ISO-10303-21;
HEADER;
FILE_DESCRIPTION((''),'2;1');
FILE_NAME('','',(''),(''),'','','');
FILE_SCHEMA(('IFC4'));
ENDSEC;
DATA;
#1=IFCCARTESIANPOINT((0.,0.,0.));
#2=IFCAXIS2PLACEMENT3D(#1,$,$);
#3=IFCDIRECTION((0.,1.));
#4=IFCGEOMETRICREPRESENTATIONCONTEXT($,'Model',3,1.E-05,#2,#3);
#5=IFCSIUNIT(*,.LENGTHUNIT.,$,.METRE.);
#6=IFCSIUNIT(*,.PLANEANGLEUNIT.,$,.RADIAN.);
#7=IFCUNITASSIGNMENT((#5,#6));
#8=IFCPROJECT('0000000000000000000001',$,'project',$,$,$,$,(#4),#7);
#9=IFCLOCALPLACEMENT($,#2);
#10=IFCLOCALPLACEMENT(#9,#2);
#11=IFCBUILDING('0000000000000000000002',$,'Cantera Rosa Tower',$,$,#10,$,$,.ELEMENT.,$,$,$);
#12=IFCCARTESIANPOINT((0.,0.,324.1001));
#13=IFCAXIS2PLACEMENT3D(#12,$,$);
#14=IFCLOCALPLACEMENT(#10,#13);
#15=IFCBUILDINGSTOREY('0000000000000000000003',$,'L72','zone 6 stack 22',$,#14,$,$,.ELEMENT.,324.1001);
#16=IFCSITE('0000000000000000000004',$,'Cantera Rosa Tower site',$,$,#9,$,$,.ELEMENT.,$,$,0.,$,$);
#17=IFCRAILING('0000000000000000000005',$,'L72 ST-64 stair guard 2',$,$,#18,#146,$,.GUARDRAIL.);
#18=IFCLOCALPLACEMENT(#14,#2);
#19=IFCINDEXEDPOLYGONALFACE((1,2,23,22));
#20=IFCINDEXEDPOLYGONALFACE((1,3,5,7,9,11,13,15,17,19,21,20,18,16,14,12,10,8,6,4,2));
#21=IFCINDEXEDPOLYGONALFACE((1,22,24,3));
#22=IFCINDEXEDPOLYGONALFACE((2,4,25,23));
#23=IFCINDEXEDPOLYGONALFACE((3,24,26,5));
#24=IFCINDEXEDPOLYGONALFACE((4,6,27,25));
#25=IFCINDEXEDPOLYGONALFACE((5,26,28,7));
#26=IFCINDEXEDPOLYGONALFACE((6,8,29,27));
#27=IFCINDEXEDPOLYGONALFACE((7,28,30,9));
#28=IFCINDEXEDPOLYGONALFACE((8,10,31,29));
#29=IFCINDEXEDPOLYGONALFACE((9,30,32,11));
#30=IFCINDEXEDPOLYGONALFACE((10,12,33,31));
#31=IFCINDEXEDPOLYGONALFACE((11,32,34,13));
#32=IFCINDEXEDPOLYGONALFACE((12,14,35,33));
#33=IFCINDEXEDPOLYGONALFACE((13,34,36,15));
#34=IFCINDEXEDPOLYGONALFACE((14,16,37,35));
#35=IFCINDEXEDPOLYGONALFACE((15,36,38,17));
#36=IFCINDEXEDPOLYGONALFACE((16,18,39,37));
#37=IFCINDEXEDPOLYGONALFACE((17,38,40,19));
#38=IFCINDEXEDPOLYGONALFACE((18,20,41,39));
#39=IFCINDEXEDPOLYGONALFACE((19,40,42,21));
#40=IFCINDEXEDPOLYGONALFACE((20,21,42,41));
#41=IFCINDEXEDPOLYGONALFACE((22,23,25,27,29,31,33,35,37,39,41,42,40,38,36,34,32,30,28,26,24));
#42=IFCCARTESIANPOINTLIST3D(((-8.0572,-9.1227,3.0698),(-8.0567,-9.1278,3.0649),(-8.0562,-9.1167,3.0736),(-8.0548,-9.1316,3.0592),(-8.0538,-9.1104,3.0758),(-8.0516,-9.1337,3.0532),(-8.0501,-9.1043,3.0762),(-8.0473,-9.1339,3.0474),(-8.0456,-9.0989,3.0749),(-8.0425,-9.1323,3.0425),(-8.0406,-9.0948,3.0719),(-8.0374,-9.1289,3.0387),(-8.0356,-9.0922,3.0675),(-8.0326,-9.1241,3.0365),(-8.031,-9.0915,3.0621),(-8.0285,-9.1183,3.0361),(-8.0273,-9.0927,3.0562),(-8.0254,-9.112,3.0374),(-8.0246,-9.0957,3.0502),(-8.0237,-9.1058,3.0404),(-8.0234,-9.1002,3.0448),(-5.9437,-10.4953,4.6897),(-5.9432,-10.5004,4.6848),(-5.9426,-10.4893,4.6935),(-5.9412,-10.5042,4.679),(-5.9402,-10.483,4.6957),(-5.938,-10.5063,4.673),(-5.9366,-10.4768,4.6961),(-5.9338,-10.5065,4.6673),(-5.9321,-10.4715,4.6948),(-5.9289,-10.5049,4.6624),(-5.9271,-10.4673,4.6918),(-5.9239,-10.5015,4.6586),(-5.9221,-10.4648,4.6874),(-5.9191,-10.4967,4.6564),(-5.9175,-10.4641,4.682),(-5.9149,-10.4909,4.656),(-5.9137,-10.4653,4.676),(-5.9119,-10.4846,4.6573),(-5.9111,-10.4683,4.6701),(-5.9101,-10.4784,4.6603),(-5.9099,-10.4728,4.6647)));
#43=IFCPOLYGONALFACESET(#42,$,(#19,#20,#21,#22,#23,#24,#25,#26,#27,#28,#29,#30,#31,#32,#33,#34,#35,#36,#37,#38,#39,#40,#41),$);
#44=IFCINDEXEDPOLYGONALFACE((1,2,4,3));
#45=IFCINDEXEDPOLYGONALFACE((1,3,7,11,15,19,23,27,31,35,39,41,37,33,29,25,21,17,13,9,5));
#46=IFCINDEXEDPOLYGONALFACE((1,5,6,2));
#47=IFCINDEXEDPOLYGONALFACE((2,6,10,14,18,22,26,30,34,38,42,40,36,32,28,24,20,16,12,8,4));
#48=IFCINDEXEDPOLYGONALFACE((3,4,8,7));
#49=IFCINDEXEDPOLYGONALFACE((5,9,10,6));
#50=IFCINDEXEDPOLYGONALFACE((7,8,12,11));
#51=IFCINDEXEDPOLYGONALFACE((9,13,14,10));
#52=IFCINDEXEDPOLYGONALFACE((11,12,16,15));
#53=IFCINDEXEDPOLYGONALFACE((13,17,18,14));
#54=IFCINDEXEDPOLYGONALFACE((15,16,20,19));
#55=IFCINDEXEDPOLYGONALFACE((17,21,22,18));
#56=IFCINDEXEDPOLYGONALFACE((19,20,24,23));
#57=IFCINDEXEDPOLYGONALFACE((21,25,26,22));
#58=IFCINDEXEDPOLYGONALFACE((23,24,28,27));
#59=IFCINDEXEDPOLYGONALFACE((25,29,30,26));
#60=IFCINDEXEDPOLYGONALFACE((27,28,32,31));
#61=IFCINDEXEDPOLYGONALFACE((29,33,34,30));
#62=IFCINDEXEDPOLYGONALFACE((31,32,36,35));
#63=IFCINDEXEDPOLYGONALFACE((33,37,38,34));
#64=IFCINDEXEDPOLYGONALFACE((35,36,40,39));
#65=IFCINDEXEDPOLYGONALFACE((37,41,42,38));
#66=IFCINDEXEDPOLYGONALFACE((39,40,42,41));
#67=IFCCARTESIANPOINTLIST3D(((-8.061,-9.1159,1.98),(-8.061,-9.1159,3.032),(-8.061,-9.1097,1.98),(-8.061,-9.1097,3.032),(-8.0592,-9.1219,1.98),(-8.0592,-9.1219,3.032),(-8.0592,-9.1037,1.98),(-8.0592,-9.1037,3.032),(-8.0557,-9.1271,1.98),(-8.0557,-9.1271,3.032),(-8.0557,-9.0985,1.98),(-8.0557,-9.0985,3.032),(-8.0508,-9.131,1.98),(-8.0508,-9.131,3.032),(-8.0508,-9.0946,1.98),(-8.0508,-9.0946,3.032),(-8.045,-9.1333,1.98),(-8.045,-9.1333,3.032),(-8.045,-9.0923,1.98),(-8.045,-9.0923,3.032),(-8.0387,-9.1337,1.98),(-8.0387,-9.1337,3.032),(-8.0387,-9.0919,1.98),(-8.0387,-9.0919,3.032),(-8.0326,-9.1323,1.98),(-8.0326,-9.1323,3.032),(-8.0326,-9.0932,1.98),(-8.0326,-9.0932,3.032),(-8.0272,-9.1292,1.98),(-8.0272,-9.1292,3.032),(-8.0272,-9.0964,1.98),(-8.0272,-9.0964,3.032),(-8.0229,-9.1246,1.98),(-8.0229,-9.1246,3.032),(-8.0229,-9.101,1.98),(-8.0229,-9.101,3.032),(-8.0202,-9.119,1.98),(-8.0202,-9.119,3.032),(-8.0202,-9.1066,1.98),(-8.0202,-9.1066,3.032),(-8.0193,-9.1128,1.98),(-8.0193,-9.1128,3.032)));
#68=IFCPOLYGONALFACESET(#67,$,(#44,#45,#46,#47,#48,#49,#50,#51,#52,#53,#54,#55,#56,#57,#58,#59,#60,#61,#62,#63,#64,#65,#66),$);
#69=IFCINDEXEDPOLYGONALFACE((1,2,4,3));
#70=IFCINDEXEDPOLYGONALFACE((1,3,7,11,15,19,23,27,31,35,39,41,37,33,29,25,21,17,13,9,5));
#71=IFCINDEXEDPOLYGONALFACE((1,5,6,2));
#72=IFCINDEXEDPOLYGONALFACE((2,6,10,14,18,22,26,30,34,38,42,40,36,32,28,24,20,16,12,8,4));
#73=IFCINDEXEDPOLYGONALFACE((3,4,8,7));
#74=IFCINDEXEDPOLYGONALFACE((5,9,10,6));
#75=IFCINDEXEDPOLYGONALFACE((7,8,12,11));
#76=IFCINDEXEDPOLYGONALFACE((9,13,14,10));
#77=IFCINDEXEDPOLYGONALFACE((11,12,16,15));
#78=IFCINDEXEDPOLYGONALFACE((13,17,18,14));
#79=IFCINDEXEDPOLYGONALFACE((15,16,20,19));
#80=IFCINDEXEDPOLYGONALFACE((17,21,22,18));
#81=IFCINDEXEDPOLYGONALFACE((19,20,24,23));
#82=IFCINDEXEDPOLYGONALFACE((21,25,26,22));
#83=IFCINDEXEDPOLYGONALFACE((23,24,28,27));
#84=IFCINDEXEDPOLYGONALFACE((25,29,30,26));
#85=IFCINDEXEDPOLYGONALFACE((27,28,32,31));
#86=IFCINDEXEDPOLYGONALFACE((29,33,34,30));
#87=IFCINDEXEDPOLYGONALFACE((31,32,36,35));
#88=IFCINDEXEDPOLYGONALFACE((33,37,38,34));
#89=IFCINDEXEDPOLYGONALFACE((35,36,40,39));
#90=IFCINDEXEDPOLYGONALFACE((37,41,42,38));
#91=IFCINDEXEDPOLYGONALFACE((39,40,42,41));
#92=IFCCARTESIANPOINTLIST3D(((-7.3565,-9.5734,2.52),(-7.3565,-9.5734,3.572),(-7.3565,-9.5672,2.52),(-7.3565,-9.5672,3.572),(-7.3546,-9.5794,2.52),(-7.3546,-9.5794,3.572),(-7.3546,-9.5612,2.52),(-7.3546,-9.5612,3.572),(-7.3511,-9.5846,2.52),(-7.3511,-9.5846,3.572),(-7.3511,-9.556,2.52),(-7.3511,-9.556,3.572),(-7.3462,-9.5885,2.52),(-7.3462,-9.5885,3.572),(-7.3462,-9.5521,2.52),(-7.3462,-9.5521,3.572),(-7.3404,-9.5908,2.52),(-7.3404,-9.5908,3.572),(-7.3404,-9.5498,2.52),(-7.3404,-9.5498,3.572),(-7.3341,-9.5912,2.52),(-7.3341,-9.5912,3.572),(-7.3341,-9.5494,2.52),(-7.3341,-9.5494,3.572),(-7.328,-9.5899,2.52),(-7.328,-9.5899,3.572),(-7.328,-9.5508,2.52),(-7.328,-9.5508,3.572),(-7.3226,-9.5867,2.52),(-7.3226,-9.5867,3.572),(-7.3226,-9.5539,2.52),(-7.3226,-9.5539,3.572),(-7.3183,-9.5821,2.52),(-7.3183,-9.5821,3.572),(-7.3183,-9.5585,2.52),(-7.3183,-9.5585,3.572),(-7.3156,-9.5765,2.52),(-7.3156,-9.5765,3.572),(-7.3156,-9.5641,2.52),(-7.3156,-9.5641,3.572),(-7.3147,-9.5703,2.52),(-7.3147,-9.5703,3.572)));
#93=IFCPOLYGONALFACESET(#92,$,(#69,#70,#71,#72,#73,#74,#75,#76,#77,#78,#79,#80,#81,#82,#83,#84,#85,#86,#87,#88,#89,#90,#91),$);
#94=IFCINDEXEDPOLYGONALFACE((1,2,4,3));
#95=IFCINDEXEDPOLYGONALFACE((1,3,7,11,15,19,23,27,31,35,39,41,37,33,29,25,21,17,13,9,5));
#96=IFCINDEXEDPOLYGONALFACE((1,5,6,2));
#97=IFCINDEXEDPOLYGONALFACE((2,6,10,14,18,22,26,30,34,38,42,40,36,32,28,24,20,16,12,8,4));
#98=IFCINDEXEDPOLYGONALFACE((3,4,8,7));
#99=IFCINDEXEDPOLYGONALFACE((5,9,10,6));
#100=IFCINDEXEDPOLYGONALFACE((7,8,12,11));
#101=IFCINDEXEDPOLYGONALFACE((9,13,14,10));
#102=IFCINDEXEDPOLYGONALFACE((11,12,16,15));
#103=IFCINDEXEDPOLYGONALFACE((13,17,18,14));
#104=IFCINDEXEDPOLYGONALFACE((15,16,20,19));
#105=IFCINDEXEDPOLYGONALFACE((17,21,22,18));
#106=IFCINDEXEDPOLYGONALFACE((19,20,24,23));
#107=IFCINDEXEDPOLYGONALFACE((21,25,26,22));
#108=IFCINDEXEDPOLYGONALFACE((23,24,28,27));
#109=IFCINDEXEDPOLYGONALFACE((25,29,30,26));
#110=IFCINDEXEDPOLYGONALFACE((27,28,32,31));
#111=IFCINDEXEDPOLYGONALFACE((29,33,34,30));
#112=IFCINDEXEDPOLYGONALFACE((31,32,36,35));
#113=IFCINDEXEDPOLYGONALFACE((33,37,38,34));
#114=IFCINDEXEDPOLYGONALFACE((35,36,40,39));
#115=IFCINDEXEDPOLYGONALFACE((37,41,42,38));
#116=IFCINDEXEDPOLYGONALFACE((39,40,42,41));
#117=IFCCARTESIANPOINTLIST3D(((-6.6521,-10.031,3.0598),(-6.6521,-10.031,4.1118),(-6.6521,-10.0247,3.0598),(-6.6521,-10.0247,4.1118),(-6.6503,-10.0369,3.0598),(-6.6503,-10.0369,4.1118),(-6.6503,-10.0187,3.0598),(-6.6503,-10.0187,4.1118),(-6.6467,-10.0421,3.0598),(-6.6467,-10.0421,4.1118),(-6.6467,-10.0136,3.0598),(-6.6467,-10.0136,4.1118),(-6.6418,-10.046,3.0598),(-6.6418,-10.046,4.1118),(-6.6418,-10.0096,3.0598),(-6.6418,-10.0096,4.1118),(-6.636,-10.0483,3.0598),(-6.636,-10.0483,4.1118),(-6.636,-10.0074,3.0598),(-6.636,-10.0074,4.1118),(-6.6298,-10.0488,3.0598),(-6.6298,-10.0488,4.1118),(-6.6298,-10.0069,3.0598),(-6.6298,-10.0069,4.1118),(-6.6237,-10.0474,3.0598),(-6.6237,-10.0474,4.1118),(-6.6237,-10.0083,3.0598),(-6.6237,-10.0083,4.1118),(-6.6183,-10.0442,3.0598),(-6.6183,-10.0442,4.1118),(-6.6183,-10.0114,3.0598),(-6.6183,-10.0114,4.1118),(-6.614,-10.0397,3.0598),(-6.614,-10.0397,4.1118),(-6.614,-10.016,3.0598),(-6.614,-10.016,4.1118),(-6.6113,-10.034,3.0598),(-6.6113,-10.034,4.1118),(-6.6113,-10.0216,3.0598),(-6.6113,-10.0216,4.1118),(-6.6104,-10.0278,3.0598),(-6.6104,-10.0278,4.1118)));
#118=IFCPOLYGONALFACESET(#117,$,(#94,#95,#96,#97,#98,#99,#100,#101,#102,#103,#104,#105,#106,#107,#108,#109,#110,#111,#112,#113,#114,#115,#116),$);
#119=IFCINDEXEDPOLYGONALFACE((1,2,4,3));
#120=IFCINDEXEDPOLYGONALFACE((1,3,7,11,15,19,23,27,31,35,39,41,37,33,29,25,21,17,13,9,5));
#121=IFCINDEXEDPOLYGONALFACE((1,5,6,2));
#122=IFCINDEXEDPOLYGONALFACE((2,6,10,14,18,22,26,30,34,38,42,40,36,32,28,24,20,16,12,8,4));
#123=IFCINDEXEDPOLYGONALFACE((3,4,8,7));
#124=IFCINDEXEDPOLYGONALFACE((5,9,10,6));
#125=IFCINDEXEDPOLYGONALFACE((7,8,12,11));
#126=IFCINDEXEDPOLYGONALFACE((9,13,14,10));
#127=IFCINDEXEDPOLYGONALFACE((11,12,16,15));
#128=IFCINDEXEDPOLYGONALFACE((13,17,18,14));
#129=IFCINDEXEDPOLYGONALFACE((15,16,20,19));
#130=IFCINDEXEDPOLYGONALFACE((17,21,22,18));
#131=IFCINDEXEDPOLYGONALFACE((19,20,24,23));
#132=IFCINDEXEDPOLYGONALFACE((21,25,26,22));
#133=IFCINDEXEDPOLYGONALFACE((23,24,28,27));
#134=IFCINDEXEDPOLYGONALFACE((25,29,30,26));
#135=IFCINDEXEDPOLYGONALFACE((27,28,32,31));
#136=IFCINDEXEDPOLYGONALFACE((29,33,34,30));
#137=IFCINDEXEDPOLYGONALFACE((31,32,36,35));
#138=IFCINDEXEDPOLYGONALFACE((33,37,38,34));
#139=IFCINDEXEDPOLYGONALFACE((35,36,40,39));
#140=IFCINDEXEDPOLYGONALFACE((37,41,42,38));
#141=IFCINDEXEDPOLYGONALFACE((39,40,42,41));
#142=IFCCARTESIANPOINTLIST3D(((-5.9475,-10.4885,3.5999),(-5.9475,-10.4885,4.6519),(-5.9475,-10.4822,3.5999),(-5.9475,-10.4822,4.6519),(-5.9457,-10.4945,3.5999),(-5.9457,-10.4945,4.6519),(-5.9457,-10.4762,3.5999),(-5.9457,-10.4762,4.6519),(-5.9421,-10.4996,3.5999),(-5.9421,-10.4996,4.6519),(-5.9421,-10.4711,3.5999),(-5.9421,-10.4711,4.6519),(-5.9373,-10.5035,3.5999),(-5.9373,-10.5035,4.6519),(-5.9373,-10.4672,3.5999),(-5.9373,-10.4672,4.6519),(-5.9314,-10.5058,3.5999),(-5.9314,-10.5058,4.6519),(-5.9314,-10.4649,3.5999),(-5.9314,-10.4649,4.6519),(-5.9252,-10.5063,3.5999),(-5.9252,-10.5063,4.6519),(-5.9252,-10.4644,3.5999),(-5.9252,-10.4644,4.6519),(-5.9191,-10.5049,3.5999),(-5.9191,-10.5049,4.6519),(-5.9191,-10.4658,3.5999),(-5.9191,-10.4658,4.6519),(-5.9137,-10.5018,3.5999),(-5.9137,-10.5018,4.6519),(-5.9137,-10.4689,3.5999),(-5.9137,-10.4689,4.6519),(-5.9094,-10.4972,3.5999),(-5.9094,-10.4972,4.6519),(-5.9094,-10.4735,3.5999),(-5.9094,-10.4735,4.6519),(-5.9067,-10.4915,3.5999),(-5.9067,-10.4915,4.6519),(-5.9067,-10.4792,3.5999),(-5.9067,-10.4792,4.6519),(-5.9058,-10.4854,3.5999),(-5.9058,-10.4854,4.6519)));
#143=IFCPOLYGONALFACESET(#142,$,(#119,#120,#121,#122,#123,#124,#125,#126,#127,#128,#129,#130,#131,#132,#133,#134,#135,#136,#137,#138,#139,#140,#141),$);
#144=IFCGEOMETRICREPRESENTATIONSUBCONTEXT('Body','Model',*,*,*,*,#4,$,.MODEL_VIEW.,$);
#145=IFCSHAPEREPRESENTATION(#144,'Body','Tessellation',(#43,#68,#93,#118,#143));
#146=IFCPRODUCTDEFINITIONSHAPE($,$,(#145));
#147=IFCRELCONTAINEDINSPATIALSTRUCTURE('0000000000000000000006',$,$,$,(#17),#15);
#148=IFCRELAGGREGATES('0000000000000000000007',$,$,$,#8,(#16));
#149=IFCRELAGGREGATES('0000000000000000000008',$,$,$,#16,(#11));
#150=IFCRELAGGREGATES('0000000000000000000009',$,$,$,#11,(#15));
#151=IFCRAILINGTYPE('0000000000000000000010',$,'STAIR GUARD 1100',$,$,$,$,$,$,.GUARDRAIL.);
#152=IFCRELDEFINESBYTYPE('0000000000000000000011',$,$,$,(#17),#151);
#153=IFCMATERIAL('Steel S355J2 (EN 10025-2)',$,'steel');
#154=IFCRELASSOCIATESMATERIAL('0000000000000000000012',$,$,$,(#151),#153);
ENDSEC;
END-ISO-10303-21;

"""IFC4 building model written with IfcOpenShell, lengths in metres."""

from ifc_helpers import new_model, si_unit, direction, frame, origin, origin_2d, place, context, subcontext, project, spatial, circle, extrude, material, type_object, element, save


model = new_model("IFC4")

# Units and contexts
model_context = context("Model", 3, precision=1e-05, world=origin(), true_north=direction((0.0, 1.0)))
body_context = subcontext(model_context, "Body", "Model", "MODEL_VIEW")
ifc_project = project(units=[si_unit("LENGTHUNIT", "METRE"), si_unit("PLANEANGLEUNIT", "RADIAN")], contexts=[model_context])

# Site, building, storey
site_placement = place(None, origin())
site = spatial("IfcSite", under=ifc_project, at=site_placement, Name="Cantera Rosa Tower site", CompositionType="ELEMENT", RefElevation=0.0)
building_placement = place(site_placement, origin())
building = spatial("IfcBuilding", under=site, at=building_placement, Name="Cantera Rosa Tower", CompositionType="ELEMENT")
storey_placement = place(building_placement, frame((0.0, 0.0, 324.1001)))
storey = spatial("IfcBuildingStorey", under=building, at=storey_placement, Name="L72", Description="zone 6 stack 22", CompositionType="ELEMENT", Elevation=324.1001)

# Railing
ifc_material_1 = material(Name="Steel S355J2 (EN 10025-2)", Category="steel")
railing_type_1 = type_object("IfcRailingType", Name="STAIR GUARD 1100", PredefinedType="GUARDRAIL", material=ifc_material_1)
railing_1_placement = place(storey_placement, frame((-8.0403, -9.1128, 1.98)))
element("IfcRailing", 1, at=railing_1_placement, inside=storey, type_object=railing_type_1, Name="L72 ST-64 stair guard 2", PredefinedType="GUARDRAIL", context=body_context, shape_type="SweptSolid", body=[
    extrude(circle(Radius=0.0239, at=origin_2d()), frame((0.0, 0.0, 1.0762), z_axis=(0.705493, -0.458159, 0.540712), x_axis=(0.544644, 0.838667, 0.0)), (0.0, 0.0, 1.0), 2.9958),
    extrude(circle(Radius=0.021, at=origin_2d()), origin(), (0.0, 0.0, 1.0), 1.052),
    extrude(circle(Radius=0.021, at=origin_2d()), frame((0.7046, -0.4575, 0.54)), (0.0, 0.0, 1.0), 1.052),
    extrude(circle(Radius=0.021, at=origin_2d()), frame((1.4089, -0.915, 1.0798)), (0.0, 0.0, 1.0), 1.052),
    extrude(circle(Radius=0.021, at=origin_2d()), frame((2.1135, -1.3726, 1.6199)), (0.0, 0.0, 1.0), 1.052),
])

save(model, "model.ifc")
